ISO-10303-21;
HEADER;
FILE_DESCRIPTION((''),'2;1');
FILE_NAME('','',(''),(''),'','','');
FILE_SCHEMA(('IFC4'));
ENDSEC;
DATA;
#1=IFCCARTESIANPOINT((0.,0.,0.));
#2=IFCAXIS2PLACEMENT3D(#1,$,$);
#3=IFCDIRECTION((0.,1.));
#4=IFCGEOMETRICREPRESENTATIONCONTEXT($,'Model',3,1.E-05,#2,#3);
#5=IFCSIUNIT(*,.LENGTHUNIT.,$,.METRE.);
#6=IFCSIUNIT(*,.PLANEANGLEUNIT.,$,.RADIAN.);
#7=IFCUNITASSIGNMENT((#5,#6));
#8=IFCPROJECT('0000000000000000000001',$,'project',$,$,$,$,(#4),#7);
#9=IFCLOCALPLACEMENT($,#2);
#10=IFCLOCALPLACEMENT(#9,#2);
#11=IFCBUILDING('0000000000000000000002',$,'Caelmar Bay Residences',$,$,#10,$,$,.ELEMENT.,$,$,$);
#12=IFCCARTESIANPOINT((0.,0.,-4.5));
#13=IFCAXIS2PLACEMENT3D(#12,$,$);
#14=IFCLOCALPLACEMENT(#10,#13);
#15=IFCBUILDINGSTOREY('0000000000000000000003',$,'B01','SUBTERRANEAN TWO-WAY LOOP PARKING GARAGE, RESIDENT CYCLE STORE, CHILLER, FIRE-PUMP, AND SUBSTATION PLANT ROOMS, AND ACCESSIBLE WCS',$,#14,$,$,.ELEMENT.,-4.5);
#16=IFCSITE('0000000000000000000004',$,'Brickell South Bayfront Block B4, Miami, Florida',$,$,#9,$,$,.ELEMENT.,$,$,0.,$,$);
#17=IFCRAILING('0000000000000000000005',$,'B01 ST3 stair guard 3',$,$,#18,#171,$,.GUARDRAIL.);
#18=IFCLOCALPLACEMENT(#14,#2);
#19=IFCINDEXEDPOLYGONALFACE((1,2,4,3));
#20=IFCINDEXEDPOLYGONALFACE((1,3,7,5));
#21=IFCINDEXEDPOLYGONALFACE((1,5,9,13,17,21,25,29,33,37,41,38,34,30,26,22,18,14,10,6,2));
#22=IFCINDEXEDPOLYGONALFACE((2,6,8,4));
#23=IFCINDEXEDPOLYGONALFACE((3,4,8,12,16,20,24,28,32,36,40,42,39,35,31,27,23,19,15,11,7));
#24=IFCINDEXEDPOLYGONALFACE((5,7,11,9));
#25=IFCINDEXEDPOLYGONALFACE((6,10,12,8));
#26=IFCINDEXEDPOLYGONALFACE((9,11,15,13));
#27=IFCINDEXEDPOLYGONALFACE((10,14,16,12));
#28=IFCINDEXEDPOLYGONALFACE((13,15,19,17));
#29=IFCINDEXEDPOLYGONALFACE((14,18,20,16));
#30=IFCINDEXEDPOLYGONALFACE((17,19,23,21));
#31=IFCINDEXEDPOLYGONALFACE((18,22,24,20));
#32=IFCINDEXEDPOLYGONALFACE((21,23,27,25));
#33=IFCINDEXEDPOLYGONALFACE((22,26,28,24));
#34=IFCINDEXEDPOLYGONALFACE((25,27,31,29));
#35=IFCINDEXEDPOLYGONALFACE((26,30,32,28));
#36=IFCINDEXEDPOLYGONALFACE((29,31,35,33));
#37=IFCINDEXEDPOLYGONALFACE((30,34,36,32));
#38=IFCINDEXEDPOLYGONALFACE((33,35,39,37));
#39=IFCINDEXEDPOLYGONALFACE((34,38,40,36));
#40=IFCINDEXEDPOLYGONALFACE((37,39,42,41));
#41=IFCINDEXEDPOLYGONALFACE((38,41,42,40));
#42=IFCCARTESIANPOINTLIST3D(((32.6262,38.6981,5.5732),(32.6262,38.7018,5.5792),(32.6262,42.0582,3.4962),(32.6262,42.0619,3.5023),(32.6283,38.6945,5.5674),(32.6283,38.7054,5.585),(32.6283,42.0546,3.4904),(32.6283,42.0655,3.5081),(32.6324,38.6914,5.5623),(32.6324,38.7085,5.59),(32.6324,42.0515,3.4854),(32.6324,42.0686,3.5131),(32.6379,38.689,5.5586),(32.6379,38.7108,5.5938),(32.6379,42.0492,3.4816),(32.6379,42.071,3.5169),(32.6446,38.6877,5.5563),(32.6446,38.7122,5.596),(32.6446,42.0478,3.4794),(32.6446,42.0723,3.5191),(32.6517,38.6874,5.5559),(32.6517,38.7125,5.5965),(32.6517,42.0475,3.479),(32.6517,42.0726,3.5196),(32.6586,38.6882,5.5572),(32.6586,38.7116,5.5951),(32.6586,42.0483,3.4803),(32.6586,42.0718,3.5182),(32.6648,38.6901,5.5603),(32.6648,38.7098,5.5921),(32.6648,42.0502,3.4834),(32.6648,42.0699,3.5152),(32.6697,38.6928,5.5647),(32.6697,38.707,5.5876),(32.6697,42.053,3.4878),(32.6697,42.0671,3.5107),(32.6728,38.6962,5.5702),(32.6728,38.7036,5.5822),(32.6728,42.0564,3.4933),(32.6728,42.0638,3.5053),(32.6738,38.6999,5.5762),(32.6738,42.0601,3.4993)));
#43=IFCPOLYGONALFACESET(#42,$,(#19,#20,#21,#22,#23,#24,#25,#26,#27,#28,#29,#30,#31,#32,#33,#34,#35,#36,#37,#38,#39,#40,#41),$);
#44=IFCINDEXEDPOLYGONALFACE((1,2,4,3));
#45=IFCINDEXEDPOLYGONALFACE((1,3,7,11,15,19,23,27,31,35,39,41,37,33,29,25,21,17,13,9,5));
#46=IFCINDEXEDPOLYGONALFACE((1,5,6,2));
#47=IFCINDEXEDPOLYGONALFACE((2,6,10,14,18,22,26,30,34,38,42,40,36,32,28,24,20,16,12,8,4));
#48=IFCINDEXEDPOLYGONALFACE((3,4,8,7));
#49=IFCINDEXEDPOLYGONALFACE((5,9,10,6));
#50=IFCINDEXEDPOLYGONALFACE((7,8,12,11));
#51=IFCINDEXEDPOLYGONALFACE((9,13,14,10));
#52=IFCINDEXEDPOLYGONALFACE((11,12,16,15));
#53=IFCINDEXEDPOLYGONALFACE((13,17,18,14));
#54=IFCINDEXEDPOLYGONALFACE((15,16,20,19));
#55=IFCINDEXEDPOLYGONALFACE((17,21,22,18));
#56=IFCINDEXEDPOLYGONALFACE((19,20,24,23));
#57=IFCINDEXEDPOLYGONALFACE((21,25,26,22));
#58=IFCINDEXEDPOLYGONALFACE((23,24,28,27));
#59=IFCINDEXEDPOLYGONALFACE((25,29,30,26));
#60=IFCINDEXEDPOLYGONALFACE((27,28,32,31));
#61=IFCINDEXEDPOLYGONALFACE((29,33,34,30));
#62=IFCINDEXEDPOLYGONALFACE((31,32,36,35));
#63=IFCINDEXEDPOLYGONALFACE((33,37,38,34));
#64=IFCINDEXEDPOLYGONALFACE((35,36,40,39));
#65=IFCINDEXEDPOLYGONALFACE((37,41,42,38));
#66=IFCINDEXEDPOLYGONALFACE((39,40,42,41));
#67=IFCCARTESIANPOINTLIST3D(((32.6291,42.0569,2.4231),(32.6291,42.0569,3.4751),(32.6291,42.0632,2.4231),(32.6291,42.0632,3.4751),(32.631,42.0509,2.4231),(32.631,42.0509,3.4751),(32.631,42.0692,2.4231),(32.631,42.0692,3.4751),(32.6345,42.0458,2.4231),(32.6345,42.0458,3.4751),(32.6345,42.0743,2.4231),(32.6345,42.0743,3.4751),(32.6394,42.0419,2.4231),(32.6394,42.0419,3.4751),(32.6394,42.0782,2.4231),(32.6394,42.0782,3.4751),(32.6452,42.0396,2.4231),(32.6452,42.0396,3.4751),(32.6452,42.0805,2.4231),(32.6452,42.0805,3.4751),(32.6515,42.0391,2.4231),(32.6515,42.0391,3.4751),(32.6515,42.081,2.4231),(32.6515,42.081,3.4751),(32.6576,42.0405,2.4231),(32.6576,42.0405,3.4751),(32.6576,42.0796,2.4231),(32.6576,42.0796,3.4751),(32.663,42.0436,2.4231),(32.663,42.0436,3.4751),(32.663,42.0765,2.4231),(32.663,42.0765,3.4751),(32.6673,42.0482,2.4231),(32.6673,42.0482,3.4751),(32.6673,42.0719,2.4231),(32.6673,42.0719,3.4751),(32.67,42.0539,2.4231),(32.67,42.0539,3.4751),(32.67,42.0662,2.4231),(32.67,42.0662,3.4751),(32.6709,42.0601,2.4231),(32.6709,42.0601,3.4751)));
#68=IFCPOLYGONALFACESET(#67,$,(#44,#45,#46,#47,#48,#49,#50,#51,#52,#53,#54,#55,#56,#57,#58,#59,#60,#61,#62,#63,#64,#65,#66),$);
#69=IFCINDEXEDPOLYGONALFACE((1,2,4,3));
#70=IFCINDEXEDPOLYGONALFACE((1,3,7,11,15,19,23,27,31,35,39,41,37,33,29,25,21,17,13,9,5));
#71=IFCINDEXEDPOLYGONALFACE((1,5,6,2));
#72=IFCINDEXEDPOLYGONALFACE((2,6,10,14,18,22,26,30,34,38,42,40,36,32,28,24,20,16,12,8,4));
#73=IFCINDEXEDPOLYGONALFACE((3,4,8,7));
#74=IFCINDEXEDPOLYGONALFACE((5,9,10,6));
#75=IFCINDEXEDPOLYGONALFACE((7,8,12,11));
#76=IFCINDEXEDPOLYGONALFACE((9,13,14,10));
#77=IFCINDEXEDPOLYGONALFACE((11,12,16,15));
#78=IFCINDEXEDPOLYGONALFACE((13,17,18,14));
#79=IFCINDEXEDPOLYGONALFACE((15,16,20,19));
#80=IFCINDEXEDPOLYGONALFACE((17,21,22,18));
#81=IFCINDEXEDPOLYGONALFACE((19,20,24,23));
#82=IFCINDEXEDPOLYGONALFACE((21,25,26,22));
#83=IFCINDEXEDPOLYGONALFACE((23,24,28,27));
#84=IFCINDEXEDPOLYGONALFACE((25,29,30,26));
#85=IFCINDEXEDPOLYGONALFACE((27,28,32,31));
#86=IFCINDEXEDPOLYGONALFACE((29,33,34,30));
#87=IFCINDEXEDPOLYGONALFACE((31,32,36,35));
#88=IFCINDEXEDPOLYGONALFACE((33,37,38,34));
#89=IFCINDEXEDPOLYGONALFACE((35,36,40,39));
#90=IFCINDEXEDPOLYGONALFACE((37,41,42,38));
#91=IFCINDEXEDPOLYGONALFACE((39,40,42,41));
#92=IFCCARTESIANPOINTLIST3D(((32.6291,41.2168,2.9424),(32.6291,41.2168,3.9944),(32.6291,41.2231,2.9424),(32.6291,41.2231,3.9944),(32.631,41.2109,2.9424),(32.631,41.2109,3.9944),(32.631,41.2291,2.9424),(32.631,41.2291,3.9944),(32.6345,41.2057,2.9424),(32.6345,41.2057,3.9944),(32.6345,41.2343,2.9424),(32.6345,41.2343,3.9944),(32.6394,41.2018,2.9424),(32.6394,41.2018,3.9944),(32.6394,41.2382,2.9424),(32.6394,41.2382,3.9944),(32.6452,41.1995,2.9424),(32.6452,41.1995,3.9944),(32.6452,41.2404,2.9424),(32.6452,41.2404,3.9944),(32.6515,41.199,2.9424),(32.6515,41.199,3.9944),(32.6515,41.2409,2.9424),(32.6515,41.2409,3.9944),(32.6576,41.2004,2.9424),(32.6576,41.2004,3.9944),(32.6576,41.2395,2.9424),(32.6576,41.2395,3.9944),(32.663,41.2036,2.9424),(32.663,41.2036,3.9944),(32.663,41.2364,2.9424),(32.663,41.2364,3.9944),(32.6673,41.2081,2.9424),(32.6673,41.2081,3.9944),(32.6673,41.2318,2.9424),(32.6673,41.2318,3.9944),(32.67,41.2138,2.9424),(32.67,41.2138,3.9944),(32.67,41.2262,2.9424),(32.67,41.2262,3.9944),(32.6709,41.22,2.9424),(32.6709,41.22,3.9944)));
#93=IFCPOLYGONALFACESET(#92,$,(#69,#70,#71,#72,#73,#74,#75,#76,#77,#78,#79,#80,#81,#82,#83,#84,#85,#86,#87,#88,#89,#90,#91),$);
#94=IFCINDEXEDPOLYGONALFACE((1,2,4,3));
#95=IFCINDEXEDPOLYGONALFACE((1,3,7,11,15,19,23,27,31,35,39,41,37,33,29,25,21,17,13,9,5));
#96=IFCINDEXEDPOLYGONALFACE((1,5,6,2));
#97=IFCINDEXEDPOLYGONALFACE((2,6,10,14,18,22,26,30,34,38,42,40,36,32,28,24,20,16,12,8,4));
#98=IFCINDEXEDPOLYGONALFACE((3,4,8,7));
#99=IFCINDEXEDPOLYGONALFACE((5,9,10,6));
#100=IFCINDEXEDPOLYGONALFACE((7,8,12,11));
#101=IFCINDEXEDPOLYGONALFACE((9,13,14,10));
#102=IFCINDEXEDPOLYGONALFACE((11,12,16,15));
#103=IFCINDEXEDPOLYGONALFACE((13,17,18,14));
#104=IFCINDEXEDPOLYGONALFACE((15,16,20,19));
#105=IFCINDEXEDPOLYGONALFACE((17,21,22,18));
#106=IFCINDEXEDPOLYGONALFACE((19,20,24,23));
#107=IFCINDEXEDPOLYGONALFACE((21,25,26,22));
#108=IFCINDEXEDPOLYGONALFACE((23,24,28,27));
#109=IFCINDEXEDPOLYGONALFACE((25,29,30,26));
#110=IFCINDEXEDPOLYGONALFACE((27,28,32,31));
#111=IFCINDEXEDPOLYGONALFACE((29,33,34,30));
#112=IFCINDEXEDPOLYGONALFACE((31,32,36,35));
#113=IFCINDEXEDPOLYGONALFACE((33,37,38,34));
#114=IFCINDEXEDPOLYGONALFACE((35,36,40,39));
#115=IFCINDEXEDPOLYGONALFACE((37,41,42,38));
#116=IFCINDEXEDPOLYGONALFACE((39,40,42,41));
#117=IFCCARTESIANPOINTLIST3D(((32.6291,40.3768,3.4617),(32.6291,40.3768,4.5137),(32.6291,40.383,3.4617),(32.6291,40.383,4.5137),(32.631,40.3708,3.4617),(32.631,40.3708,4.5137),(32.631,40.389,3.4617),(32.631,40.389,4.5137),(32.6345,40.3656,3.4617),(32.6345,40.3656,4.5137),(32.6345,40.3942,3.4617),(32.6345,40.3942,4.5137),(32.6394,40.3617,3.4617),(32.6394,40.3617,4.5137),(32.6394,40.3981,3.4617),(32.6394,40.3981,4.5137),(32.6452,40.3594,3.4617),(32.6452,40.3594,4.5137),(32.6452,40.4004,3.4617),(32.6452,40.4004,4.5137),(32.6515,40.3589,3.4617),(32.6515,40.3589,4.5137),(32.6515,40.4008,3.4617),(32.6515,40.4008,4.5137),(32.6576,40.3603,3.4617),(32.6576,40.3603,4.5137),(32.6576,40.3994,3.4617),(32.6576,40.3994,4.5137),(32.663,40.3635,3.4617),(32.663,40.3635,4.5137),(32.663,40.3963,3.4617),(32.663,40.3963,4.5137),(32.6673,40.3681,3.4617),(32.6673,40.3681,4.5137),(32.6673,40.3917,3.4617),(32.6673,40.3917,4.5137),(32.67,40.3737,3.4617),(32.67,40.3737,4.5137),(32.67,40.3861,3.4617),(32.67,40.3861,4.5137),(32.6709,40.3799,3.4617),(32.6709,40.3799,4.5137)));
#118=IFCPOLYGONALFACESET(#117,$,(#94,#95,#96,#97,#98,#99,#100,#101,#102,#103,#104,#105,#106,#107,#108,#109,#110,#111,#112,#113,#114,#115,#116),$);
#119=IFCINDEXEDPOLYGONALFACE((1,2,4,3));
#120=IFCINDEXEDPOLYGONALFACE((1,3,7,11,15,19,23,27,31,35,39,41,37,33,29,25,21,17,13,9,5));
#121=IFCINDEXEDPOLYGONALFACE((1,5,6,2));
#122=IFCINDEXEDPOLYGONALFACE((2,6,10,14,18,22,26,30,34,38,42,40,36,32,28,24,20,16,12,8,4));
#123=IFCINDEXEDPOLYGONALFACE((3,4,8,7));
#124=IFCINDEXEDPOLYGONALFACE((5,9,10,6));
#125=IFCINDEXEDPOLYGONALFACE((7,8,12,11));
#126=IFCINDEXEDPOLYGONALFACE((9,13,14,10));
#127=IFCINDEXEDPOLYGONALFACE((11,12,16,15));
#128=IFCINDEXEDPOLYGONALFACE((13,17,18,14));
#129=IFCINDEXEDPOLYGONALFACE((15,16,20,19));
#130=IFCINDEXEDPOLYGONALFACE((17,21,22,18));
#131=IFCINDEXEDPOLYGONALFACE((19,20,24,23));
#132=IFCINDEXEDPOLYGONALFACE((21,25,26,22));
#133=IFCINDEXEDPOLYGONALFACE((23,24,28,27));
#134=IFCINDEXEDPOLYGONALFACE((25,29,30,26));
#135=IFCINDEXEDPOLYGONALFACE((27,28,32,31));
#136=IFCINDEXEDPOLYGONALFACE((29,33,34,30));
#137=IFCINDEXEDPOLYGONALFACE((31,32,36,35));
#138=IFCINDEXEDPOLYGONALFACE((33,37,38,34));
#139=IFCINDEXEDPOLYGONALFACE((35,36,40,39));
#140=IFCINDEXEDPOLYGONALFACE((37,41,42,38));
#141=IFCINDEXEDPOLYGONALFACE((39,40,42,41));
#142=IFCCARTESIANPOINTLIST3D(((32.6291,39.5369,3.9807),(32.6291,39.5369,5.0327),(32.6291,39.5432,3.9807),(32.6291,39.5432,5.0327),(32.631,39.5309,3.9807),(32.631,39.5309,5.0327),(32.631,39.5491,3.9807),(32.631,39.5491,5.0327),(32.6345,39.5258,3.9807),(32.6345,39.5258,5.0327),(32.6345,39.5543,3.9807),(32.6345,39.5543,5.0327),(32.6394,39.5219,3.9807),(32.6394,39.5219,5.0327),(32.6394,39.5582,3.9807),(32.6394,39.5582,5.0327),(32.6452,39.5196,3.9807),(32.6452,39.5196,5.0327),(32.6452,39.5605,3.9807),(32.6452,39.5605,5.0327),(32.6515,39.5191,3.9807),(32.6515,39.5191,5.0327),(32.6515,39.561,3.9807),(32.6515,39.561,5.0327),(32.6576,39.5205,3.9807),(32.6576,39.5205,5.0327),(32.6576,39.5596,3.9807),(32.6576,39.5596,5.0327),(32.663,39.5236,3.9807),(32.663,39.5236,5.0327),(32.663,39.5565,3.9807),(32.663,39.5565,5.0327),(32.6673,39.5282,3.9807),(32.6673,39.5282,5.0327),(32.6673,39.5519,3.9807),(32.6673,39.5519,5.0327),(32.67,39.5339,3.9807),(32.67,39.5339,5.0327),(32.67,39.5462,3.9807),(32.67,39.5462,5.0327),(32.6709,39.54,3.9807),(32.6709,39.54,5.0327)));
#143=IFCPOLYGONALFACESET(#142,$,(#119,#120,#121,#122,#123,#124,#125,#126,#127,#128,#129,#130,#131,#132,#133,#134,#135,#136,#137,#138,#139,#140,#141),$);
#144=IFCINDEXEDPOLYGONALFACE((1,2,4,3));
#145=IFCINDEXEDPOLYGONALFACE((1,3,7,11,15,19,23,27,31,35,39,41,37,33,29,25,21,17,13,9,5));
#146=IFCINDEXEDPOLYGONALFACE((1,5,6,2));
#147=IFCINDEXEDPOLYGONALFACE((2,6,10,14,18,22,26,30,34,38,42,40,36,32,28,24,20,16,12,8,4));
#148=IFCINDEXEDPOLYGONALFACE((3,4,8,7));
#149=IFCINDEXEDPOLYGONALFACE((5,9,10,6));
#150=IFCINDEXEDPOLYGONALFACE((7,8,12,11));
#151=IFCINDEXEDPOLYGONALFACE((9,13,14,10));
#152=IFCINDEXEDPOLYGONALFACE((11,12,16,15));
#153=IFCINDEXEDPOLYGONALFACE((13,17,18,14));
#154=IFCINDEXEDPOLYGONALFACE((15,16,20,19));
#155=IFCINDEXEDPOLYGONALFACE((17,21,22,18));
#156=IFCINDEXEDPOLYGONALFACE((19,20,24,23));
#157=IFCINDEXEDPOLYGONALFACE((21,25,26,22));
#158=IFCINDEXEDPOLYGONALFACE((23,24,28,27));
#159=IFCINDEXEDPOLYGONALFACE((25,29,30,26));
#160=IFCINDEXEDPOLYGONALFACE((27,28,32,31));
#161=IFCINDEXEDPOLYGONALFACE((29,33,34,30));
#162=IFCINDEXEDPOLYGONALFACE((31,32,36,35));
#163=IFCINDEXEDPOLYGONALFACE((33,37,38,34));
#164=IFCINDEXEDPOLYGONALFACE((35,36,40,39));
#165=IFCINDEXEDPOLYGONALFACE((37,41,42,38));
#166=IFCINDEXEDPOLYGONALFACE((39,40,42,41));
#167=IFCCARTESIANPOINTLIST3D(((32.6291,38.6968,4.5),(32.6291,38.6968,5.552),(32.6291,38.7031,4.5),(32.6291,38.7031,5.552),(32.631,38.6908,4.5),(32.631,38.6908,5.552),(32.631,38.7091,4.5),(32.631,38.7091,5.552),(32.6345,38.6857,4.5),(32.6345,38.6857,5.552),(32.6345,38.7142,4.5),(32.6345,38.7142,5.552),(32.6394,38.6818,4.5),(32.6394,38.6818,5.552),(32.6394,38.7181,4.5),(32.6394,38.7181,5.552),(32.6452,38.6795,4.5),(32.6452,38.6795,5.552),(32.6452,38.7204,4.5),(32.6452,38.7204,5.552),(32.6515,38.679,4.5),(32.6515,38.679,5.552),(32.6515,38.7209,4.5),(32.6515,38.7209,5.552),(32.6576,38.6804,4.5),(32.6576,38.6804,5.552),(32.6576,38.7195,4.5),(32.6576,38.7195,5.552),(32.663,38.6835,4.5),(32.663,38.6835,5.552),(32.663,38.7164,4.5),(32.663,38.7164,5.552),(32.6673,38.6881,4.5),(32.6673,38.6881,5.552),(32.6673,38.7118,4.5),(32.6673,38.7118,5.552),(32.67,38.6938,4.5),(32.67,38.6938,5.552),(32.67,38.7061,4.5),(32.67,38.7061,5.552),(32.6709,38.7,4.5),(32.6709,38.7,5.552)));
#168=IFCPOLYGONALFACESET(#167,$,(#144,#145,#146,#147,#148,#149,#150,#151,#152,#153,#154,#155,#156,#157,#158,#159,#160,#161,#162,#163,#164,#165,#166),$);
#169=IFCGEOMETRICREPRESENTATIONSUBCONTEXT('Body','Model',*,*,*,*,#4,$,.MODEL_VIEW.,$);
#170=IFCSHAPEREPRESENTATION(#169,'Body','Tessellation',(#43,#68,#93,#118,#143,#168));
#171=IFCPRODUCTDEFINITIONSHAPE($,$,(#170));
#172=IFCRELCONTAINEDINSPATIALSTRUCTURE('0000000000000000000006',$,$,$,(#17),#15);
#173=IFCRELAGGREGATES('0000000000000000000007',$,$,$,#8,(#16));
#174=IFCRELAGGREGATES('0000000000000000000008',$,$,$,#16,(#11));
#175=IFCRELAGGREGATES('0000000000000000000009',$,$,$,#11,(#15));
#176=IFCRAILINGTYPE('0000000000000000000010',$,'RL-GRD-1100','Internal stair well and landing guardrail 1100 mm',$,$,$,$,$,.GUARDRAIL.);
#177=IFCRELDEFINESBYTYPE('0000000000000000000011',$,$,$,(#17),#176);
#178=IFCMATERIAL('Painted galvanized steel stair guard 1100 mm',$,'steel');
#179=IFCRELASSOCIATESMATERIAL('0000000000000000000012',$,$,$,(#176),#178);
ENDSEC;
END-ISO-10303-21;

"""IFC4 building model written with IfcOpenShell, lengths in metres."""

from ifc_helpers import new_model, si_unit, direction, frame, origin, origin_2d, place, context, subcontext, project, spatial, circle, extrude, material, type_object, element, save


model = new_model("IFC4")

# Units and contexts
model_context = context("Model", 3, precision=1e-05, world=origin(), true_north=direction((0.0, 1.0)))
body_context = subcontext(model_context, "Body", "Model", "MODEL_VIEW")
ifc_project = project(units=[si_unit("LENGTHUNIT", "METRE"), si_unit("PLANEANGLEUNIT", "RADIAN")], contexts=[model_context])

# Site, building, storey
site_placement = place(None, origin())
site = spatial("IfcSite", under=ifc_project, at=site_placement, Name="Brickell South Bayfront Block B4, Miami, Florida", CompositionType="ELEMENT", RefElevation=0.0)
building_placement = place(site_placement, origin())
building = spatial("IfcBuilding", under=site, at=building_placement, Name="Caelmar Bay Residences", CompositionType="ELEMENT")
storey_placement = place(building_placement, frame((0.0, 0.0, -4.5)))
storey = spatial("IfcBuildingStorey", under=building, at=storey_placement, Name="B01", Description="SUBTERRANEAN TWO-WAY LOOP PARKING GARAGE, RESIDENT CYCLE STORE, CHILLER, FIRE-PUMP, AND SUBSTATION PLANT ROOMS, AND ACCESSIBLE WCS", CompositionType="ELEMENT", Elevation=-4.5)

# Railing
ifc_material_1 = material(Name="Painted galvanized steel stair guard 1100 mm", Category="steel")
railing_type_1 = type_object("IfcRailingType", Name="RL-GRD-1100", Description="Internal stair well and landing guardrail 1100 mm", PredefinedType="GUARDRAIL", material=ifc_material_1)
railing_1_placement = place(storey_placement, frame((32.6499, 42.0601, 2.4231)))
element("IfcRailing", 1, at=railing_1_placement, inside=storey, type_object=railing_type_1, Name="B01 ST3 stair guard 3", PredefinedType="GUARDRAIL", context=body_context, shape_type="SweptSolid", body=[
    extrude(circle(Radius=0.0239, at=origin_2d()), frame((0.0, 0.0, 1.0762), z_axis=(0.0, -0.850623, 0.525776), x_axis=(1.0, 0.0, 0.0)), (0.0, 0.0, 1.0), 3.9502),
    extrude(circle(Radius=0.021, at=origin_2d()), origin(), (0.0, 0.0, 1.0), 1.052),
    extrude(circle(Radius=0.021, at=origin_2d()), frame((0.0, -0.8401, 0.5193)), (0.0, 0.0, 1.0), 1.052),
    extrude(circle(Radius=0.021, at=origin_2d()), frame((0.0, -1.6802, 1.0386)), (0.0, 0.0, 1.0), 1.052),
    extrude(circle(Radius=0.021, at=origin_2d()), frame((0.0, -2.52, 1.5576)), (0.0, 0.0, 1.0), 1.052),
    extrude(circle(Radius=0.021, at=origin_2d()), frame((0.0, -3.3601, 2.0769)), (0.0, 0.0, 1.0), 1.052),
])

save(model, "model.ifc")
